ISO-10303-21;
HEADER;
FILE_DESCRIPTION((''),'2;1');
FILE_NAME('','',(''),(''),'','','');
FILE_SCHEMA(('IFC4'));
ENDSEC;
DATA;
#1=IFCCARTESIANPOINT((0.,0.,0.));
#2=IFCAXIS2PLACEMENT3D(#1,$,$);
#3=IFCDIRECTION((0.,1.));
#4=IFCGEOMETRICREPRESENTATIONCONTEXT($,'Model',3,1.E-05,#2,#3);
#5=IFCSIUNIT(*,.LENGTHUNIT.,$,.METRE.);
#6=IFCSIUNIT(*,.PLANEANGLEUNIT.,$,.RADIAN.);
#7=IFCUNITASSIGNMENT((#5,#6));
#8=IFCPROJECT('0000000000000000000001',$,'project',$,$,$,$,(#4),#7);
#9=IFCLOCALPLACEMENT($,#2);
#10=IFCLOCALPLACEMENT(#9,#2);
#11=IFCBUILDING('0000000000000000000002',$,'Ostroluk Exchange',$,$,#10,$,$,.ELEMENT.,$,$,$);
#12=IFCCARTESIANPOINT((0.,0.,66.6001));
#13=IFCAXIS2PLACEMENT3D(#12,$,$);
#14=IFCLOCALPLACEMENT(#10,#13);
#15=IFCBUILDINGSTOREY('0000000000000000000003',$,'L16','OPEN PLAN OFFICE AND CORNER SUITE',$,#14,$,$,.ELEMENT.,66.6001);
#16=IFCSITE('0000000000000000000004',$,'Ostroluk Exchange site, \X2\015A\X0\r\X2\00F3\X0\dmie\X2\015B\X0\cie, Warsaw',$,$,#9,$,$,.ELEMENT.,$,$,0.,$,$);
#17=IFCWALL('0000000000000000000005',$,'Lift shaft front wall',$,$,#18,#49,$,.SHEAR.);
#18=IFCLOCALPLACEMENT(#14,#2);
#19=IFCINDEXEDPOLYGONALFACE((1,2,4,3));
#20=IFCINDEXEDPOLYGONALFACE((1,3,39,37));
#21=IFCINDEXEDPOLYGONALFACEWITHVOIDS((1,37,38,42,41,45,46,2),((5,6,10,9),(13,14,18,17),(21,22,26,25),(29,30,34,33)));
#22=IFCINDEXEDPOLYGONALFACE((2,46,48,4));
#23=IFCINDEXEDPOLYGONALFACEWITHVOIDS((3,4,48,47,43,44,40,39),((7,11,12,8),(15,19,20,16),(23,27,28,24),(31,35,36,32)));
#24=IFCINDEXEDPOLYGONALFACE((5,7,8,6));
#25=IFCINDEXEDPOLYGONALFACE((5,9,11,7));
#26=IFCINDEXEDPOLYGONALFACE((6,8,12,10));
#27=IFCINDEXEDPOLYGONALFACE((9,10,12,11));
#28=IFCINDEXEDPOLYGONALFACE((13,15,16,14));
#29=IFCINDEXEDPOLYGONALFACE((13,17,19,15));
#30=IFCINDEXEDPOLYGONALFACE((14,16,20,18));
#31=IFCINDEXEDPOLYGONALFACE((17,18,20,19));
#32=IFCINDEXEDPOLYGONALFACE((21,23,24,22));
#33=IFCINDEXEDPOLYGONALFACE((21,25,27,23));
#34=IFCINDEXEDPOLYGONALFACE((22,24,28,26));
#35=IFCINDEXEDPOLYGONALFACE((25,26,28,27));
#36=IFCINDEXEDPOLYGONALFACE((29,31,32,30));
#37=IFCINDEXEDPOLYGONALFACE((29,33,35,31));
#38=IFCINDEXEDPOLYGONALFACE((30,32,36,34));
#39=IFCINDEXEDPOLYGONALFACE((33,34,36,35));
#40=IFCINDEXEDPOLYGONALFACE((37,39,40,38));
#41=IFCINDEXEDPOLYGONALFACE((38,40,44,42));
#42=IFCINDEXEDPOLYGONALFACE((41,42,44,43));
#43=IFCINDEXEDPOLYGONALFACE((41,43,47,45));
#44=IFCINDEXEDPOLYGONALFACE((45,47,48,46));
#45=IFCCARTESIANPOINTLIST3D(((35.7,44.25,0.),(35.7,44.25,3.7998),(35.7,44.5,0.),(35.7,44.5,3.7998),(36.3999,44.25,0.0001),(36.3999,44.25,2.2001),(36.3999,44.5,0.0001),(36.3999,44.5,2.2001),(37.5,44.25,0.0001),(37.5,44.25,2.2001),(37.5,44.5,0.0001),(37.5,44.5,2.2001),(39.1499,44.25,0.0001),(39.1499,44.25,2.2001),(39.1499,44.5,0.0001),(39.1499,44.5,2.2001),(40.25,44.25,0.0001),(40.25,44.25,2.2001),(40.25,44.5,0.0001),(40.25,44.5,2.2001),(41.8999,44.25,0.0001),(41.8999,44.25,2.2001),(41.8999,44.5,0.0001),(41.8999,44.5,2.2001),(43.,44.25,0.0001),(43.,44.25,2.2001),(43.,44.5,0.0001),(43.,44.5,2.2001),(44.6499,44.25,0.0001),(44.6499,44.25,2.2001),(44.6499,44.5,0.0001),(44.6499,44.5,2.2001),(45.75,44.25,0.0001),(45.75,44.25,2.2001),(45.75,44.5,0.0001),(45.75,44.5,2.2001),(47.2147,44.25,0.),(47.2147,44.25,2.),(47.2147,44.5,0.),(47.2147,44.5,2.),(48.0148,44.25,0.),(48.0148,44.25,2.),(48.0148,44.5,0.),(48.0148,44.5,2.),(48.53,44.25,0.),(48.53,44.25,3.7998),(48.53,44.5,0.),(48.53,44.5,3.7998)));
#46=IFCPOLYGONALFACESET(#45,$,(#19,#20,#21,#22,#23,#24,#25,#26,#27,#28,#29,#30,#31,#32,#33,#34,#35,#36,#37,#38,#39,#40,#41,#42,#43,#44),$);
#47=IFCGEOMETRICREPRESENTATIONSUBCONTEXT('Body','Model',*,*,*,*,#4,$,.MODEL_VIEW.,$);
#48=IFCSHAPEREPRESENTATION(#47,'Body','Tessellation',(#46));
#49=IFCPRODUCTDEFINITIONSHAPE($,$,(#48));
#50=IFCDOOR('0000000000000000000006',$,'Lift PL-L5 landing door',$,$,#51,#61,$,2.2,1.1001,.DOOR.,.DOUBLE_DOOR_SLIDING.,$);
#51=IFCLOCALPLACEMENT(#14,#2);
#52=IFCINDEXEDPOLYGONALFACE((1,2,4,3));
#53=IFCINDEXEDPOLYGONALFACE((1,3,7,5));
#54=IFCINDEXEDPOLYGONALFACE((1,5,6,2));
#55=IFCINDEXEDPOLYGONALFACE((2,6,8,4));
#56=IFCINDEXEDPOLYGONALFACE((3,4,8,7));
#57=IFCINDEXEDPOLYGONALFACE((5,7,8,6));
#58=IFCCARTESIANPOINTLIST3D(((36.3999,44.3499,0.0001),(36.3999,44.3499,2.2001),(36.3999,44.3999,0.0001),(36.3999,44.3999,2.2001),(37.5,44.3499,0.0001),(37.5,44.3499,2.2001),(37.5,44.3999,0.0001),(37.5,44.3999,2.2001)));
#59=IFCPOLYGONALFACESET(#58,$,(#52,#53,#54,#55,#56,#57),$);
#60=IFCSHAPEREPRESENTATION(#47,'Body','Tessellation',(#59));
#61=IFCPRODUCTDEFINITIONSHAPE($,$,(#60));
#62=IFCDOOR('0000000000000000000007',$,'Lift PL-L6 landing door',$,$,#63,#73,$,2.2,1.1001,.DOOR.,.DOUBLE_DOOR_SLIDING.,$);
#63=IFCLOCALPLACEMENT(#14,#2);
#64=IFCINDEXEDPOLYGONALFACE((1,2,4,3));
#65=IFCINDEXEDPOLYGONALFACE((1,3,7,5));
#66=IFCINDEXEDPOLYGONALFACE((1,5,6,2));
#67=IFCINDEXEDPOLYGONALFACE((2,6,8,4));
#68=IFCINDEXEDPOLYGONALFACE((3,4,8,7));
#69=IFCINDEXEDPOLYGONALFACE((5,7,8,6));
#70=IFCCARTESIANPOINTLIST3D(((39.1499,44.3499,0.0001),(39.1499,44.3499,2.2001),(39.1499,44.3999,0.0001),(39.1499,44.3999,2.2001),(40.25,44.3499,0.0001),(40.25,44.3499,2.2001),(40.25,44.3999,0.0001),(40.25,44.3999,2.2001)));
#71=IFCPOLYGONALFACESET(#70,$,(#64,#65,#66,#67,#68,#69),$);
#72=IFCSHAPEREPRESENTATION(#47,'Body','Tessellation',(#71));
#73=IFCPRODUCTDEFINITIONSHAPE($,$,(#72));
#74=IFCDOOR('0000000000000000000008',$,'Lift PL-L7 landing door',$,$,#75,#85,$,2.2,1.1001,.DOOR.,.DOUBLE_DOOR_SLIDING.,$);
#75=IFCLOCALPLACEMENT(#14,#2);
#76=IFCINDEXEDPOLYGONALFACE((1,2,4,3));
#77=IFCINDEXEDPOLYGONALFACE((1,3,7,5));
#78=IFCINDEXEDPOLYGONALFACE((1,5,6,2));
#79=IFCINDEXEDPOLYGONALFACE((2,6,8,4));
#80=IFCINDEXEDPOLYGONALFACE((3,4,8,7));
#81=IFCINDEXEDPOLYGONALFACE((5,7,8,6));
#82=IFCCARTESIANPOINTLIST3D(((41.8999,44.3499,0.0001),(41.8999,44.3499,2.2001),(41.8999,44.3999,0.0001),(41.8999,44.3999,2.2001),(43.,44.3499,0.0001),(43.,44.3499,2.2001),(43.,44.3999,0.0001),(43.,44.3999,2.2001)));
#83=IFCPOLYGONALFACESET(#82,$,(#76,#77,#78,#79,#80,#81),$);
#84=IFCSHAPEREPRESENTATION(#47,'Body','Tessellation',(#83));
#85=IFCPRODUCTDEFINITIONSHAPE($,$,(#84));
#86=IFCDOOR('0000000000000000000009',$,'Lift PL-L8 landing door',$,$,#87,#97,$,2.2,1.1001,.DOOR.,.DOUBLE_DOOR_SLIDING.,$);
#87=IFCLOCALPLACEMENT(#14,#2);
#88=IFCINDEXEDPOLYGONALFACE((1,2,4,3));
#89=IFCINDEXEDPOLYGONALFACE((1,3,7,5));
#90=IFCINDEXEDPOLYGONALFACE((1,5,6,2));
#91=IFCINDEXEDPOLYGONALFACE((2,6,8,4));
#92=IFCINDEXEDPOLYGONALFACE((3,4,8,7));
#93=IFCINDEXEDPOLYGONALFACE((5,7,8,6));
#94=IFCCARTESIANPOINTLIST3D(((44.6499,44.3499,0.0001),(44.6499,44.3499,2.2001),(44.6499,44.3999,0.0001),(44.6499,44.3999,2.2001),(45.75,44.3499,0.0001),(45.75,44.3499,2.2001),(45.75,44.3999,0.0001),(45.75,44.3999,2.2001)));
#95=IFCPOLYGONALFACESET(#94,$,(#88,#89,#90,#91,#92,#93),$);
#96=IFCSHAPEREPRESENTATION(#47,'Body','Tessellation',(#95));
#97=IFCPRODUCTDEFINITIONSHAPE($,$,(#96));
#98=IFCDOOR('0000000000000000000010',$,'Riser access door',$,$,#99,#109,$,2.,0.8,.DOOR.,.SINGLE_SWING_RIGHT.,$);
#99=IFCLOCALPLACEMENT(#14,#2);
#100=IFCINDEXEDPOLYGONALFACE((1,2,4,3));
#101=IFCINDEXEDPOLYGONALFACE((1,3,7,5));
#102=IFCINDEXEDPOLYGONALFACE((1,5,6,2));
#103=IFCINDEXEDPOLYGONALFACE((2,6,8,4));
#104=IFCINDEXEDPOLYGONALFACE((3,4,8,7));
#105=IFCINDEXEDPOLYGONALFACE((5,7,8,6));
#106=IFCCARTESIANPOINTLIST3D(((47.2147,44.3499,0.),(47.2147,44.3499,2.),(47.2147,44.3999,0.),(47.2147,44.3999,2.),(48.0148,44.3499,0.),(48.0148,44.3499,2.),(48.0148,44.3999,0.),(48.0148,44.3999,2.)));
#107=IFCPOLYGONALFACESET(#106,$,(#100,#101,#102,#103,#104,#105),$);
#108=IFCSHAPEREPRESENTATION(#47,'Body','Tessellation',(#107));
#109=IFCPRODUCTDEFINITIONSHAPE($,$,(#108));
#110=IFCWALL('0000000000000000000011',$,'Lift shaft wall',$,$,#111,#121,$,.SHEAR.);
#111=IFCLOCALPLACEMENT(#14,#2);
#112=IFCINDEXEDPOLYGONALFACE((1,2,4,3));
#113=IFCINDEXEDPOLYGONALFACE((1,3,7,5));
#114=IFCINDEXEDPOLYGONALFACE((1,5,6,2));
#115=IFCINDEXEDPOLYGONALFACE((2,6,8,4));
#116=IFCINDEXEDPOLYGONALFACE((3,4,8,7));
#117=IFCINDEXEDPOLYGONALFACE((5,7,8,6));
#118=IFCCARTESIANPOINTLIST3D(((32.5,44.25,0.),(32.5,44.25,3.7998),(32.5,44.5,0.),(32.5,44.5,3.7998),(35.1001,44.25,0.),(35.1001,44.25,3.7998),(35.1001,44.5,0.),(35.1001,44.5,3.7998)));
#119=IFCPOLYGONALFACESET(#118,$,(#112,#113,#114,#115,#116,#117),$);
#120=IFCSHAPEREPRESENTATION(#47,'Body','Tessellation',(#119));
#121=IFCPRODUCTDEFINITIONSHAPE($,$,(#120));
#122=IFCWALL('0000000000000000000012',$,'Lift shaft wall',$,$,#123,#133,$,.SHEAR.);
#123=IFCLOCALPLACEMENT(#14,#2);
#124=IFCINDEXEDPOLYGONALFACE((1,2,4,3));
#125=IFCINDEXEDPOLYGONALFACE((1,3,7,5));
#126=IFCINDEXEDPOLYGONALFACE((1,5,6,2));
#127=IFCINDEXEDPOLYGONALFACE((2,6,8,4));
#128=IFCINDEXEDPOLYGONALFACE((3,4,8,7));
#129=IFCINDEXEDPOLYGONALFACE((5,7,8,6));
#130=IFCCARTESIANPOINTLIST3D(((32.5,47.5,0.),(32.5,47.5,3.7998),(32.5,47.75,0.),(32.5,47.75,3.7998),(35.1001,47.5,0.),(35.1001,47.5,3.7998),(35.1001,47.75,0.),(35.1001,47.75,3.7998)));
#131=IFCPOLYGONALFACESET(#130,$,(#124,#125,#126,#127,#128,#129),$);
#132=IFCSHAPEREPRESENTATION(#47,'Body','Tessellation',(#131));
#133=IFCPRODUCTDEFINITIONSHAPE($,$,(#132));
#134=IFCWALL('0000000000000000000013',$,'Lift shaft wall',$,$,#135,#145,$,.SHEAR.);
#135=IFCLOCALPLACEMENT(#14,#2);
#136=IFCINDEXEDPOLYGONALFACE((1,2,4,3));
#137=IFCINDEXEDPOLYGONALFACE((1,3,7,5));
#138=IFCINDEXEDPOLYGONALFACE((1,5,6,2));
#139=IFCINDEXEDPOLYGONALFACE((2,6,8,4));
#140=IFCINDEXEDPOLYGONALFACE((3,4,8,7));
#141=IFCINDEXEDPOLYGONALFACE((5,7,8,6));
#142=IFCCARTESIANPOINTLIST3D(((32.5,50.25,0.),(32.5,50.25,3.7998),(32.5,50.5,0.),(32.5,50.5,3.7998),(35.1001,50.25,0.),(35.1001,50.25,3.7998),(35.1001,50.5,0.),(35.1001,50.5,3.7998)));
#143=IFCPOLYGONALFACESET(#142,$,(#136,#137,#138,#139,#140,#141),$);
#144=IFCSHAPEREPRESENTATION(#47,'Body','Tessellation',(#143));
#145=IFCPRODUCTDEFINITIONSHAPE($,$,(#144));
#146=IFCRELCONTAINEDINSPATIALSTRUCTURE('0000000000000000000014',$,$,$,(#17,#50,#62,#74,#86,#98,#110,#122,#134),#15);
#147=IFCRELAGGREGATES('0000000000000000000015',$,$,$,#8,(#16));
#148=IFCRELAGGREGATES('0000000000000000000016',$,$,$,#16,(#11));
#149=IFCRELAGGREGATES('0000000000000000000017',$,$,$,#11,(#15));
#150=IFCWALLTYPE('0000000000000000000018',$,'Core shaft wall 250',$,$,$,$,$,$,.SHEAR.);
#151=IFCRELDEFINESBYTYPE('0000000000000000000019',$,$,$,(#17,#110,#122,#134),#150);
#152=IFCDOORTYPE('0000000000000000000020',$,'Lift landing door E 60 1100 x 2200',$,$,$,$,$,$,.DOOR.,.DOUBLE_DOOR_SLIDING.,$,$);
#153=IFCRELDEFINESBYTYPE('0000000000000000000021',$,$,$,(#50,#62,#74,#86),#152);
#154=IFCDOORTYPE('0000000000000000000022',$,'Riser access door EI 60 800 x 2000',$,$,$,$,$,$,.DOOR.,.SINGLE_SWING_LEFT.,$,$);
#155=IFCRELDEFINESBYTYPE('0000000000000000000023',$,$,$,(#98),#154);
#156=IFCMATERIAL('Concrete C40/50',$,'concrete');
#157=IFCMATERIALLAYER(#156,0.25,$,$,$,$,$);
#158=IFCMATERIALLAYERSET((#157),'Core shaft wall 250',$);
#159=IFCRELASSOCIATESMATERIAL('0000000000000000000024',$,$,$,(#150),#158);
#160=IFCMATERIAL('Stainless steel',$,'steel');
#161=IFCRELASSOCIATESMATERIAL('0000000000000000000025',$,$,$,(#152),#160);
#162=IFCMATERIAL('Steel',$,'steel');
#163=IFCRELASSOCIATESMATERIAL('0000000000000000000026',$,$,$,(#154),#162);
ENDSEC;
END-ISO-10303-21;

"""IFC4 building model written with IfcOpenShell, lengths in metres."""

from ifc_helpers import new_model, si_unit, direction, frame, frame_2d, origin, place, context, subcontext, project, spatial, rectangle, extrude, material, layer, layer_set, type_object, element, fill, save


model = new_model("IFC4")

# Units and contexts
model_context = context("Model", 3, precision=1e-05, world=origin(), true_north=direction((0.0, 1.0)))
body_context = subcontext(model_context, "Body", "Model", "MODEL_VIEW")
ifc_project = project(units=[si_unit("LENGTHUNIT", "METRE"), si_unit("PLANEANGLEUNIT", "RADIAN")], contexts=[model_context])

# Site, building, storey
site_placement = place(None, origin())
site = spatial("IfcSite", under=ifc_project, at=site_placement, Name="Ostroluk Exchange site, Śródmieście, Warsaw", CompositionType="ELEMENT", RefElevation=0.0)
building_placement = place(site_placement, origin())
building = spatial("IfcBuilding", under=site, at=building_placement, Name="Ostroluk Exchange", CompositionType="ELEMENT")
storey_placement = place(building_placement, frame((0.0, 0.0, 66.6001)))
storey = spatial("IfcBuildingStorey", under=building, at=storey_placement, Name="L16", Description="OPEN PLAN OFFICE AND CORNER SUITE", CompositionType="ELEMENT", Elevation=66.6001)

# Shared definitions
ifc_material_1 = material(Name="Concrete C40/50", Category="concrete")
ifc_layer_1 = layer(ifc_material_1, 0.25)
ifc_layer_set_1 = layer_set([ifc_layer_1], Name="Core shaft wall 250")
wall_type_1 = type_object("IfcWallType", Name="Core shaft wall 250", PredefinedType="SHEAR", material=ifc_layer_set_1)

# Wall, openings, doors
ifc_material_2 = material(Name="Stainless steel", Category="steel")
door_type_1 = type_object("IfcDoorType", Name="Lift landing door E 60 1100 x 2200", OperationType="DOUBLE_DOOR_SLIDING", PredefinedType="DOOR", material=ifc_material_2)
ifc_material_3 = material(Name="Steel", Category="steel")
door_type_2 = type_object("IfcDoorType", Name="Riser access door EI 60 800 x 2000", OperationType="SINGLE_SWING_LEFT", PredefinedType="DOOR", material=ifc_material_3)
wall_1_placement = place(storey_placement, frame((35.7, 44.375, 0.0), z_axis=(0.0, 0.0, 1.0), x_axis=(1.0, 0.0, 0.0)))
wall_1 = element("IfcWall", 1, at=wall_1_placement, inside=storey, type_object=wall_type_1, Name="Lift shaft front wall", PredefinedType="SHEAR", context=body_context, shape_type="SweptSolid", body=[
    extrude(rectangle(XDim=12.8301, YDim=0.25, at=frame_2d((6.415, 0.0))), origin(), (0.0, 0.0, 1.0), 3.7998),
])
opening_1_placement = place(wall_1_placement, frame((0.7, 0.0, 0.0)))
opening_1 = element("IfcOpeningElement", 2, at=opening_1_placement, cuts=wall_1, PredefinedType="OPENING", context=body_context, shape_type="SweptSolid", body=[
    extrude(rectangle(XDim=1.1001, YDim=2.2, at=frame_2d((0.55, 1.1001))), frame((0.0, 0.135, 0.0), z_axis=(0.0, -1.0, 0.0), x_axis=(1.0, 0.0, 0.0)), (0.0, 0.0, 1.0), 0.27),
])
opening_2_placement = place(wall_1_placement, frame((3.45, 0.0, 0.0)))
opening_2 = element("IfcOpeningElement", 3, at=opening_2_placement, cuts=wall_1, PredefinedType="OPENING", context=body_context, shape_type="SweptSolid", body=[
    extrude(rectangle(XDim=1.1001, YDim=2.2, at=frame_2d((0.55, 1.1001))), frame((0.0, 0.135, 0.0), z_axis=(0.0, -1.0, 0.0), x_axis=(1.0, 0.0, 0.0)), (0.0, 0.0, 1.0), 0.27),
])
opening_3_placement = place(wall_1_placement, frame((6.2, 0.0, 0.0)))
opening_3 = element("IfcOpeningElement", 4, at=opening_3_placement, cuts=wall_1, PredefinedType="OPENING", context=body_context, shape_type="SweptSolid", body=[
    extrude(rectangle(XDim=1.1001, YDim=2.2, at=frame_2d((0.55, 1.1001))), frame((0.0, 0.135, 0.0), z_axis=(0.0, -1.0, 0.0), x_axis=(1.0, 0.0, 0.0)), (0.0, 0.0, 1.0), 0.27),
])
opening_4_placement = place(wall_1_placement, frame((8.95, 0.0, 0.0)))
opening_4 = element("IfcOpeningElement", 5, at=opening_4_placement, cuts=wall_1, PredefinedType="OPENING", context=body_context, shape_type="SweptSolid", body=[
    extrude(rectangle(XDim=1.1001, YDim=2.2, at=frame_2d((0.55, 1.1001))), frame((0.0, 0.135, 0.0), z_axis=(0.0, -1.0, 0.0), x_axis=(1.0, 0.0, 0.0)), (0.0, 0.0, 1.0), 0.27),
])
opening_5_placement = place(wall_1_placement, frame((11.5149, 0.0, 0.0)))
opening_5 = element("IfcOpeningElement", 6, at=opening_5_placement, cuts=wall_1, PredefinedType="OPENING", context=body_context, shape_type="SweptSolid", body=[
    extrude(rectangle(XDim=0.8, YDim=2.0, at=frame_2d((0.3999, 1.0))), frame((0.0, 0.135, 0.0), z_axis=(0.0, -1.0, 0.0), x_axis=(1.0, 0.0, 0.0)), (0.0, 0.0, 1.0), 0.27),
])
door_1_placement = place(opening_1_placement, origin())
door_1 = element("IfcDoor", 7, at=door_1_placement, inside=storey, type_object=door_type_1, Name="Lift PL-L5 landing door", OperationType="DOUBLE_DOOR_SLIDING", OverallHeight=2.2, OverallWidth=1.1001, PredefinedType="DOOR", context=body_context, shape_type="SweptSolid", body=[
    extrude(rectangle(XDim=1.1001, YDim=2.2, at=frame_2d((0.55, 1.1001))), frame((0.0, 0.0249, 0.0), z_axis=(0.0, -1.0, 0.0), x_axis=(1.0, 0.0, 0.0)), (0.0, 0.0, 1.0), 0.05),
])
fill(opening_1, door_1)
door_2_placement = place(opening_2_placement, origin())
door_2 = element("IfcDoor", 8, at=door_2_placement, inside=storey, type_object=door_type_1, Name="Lift PL-L6 landing door", OperationType="DOUBLE_DOOR_SLIDING", OverallHeight=2.2, OverallWidth=1.1001, PredefinedType="DOOR", context=body_context, shape_type="SweptSolid", body=[
    extrude(rectangle(XDim=1.1001, YDim=2.2, at=frame_2d((0.55, 1.1001))), frame((0.0, 0.0249, 0.0), z_axis=(0.0, -1.0, 0.0), x_axis=(1.0, 0.0, 0.0)), (0.0, 0.0, 1.0), 0.05),
])
fill(opening_2, door_2)
door_3_placement = place(opening_3_placement, origin())
door_3 = element("IfcDoor", 9, at=door_3_placement, inside=storey, type_object=door_type_1, Name="Lift PL-L7 landing door", OperationType="DOUBLE_DOOR_SLIDING", OverallHeight=2.2, OverallWidth=1.1001, PredefinedType="DOOR", context=body_context, shape_type="SweptSolid", body=[
    extrude(rectangle(XDim=1.1001, YDim=2.2, at=frame_2d((0.55, 1.1001))), frame((0.0, 0.0249, 0.0), z_axis=(0.0, -1.0, 0.0), x_axis=(1.0, 0.0, 0.0)), (0.0, 0.0, 1.0), 0.05),
])
fill(opening_3, door_3)
door_4_placement = place(opening_4_placement, origin())
door_4 = element("IfcDoor", 10, at=door_4_placement, inside=storey, type_object=door_type_1, Name="Lift PL-L8 landing door", OperationType="DOUBLE_DOOR_SLIDING", OverallHeight=2.2, OverallWidth=1.1001, PredefinedType="DOOR", context=body_context, shape_type="SweptSolid", body=[
    extrude(rectangle(XDim=1.1001, YDim=2.2, at=frame_2d((0.55, 1.1001))), frame((0.0, 0.0249, 0.0), z_axis=(0.0, -1.0, 0.0), x_axis=(1.0, 0.0, 0.0)), (0.0, 0.0, 1.0), 0.05),
])
fill(opening_4, door_4)
door_5_placement = place(opening_5_placement, origin())
door_5 = element("IfcDoor", 11, at=door_5_placement, inside=storey, type_object=door_type_2, Name="Riser access door", OperationType="SINGLE_SWING_RIGHT", OverallHeight=2.0, OverallWidth=0.8, PredefinedType="DOOR", context=body_context, shape_type="SweptSolid", body=[
    extrude(rectangle(XDim=0.8, YDim=2.0, at=frame_2d((0.3999, 1.0))), frame((0.0, 0.0249, 0.0), z_axis=(0.0, -1.0, 0.0), x_axis=(1.0, 0.0, 0.0)), (0.0, 0.0, 1.0), 0.05),
])
fill(opening_5, door_5)

# Walls
for number, where, z_axis, x_axis, name in (
    (12, (32.5, 44.375, 0.0), (0.0, 0.0, 1.0), (1.0, 0.0, 0.0), "Lift shaft wall"),
    (13, (32.5, 47.625, 0.0), (0.0, 0.0, 1.0), (1.0, 0.0, 0.0), "Lift shaft wall"),
    (14, (32.5, 50.375, 0.0), (0.0, 0.0, 1.0), (1.0, 0.0, 0.0), "Lift shaft wall"),
):
    element("IfcWall", number, at=place(storey_placement, frame(where, z_axis=z_axis, x_axis=x_axis)), inside=storey, type_object=wall_type_1, Name=name, PredefinedType="SHEAR", context=body_context, shape_type="SweptSolid", body=[
        extrude(rectangle(XDim=2.6001, YDim=0.25, at=frame_2d((1.3, 0.0))), origin(), (0.0, 0.0, 1.0), 3.7998),
    ])

save(model, "model.ifc")
